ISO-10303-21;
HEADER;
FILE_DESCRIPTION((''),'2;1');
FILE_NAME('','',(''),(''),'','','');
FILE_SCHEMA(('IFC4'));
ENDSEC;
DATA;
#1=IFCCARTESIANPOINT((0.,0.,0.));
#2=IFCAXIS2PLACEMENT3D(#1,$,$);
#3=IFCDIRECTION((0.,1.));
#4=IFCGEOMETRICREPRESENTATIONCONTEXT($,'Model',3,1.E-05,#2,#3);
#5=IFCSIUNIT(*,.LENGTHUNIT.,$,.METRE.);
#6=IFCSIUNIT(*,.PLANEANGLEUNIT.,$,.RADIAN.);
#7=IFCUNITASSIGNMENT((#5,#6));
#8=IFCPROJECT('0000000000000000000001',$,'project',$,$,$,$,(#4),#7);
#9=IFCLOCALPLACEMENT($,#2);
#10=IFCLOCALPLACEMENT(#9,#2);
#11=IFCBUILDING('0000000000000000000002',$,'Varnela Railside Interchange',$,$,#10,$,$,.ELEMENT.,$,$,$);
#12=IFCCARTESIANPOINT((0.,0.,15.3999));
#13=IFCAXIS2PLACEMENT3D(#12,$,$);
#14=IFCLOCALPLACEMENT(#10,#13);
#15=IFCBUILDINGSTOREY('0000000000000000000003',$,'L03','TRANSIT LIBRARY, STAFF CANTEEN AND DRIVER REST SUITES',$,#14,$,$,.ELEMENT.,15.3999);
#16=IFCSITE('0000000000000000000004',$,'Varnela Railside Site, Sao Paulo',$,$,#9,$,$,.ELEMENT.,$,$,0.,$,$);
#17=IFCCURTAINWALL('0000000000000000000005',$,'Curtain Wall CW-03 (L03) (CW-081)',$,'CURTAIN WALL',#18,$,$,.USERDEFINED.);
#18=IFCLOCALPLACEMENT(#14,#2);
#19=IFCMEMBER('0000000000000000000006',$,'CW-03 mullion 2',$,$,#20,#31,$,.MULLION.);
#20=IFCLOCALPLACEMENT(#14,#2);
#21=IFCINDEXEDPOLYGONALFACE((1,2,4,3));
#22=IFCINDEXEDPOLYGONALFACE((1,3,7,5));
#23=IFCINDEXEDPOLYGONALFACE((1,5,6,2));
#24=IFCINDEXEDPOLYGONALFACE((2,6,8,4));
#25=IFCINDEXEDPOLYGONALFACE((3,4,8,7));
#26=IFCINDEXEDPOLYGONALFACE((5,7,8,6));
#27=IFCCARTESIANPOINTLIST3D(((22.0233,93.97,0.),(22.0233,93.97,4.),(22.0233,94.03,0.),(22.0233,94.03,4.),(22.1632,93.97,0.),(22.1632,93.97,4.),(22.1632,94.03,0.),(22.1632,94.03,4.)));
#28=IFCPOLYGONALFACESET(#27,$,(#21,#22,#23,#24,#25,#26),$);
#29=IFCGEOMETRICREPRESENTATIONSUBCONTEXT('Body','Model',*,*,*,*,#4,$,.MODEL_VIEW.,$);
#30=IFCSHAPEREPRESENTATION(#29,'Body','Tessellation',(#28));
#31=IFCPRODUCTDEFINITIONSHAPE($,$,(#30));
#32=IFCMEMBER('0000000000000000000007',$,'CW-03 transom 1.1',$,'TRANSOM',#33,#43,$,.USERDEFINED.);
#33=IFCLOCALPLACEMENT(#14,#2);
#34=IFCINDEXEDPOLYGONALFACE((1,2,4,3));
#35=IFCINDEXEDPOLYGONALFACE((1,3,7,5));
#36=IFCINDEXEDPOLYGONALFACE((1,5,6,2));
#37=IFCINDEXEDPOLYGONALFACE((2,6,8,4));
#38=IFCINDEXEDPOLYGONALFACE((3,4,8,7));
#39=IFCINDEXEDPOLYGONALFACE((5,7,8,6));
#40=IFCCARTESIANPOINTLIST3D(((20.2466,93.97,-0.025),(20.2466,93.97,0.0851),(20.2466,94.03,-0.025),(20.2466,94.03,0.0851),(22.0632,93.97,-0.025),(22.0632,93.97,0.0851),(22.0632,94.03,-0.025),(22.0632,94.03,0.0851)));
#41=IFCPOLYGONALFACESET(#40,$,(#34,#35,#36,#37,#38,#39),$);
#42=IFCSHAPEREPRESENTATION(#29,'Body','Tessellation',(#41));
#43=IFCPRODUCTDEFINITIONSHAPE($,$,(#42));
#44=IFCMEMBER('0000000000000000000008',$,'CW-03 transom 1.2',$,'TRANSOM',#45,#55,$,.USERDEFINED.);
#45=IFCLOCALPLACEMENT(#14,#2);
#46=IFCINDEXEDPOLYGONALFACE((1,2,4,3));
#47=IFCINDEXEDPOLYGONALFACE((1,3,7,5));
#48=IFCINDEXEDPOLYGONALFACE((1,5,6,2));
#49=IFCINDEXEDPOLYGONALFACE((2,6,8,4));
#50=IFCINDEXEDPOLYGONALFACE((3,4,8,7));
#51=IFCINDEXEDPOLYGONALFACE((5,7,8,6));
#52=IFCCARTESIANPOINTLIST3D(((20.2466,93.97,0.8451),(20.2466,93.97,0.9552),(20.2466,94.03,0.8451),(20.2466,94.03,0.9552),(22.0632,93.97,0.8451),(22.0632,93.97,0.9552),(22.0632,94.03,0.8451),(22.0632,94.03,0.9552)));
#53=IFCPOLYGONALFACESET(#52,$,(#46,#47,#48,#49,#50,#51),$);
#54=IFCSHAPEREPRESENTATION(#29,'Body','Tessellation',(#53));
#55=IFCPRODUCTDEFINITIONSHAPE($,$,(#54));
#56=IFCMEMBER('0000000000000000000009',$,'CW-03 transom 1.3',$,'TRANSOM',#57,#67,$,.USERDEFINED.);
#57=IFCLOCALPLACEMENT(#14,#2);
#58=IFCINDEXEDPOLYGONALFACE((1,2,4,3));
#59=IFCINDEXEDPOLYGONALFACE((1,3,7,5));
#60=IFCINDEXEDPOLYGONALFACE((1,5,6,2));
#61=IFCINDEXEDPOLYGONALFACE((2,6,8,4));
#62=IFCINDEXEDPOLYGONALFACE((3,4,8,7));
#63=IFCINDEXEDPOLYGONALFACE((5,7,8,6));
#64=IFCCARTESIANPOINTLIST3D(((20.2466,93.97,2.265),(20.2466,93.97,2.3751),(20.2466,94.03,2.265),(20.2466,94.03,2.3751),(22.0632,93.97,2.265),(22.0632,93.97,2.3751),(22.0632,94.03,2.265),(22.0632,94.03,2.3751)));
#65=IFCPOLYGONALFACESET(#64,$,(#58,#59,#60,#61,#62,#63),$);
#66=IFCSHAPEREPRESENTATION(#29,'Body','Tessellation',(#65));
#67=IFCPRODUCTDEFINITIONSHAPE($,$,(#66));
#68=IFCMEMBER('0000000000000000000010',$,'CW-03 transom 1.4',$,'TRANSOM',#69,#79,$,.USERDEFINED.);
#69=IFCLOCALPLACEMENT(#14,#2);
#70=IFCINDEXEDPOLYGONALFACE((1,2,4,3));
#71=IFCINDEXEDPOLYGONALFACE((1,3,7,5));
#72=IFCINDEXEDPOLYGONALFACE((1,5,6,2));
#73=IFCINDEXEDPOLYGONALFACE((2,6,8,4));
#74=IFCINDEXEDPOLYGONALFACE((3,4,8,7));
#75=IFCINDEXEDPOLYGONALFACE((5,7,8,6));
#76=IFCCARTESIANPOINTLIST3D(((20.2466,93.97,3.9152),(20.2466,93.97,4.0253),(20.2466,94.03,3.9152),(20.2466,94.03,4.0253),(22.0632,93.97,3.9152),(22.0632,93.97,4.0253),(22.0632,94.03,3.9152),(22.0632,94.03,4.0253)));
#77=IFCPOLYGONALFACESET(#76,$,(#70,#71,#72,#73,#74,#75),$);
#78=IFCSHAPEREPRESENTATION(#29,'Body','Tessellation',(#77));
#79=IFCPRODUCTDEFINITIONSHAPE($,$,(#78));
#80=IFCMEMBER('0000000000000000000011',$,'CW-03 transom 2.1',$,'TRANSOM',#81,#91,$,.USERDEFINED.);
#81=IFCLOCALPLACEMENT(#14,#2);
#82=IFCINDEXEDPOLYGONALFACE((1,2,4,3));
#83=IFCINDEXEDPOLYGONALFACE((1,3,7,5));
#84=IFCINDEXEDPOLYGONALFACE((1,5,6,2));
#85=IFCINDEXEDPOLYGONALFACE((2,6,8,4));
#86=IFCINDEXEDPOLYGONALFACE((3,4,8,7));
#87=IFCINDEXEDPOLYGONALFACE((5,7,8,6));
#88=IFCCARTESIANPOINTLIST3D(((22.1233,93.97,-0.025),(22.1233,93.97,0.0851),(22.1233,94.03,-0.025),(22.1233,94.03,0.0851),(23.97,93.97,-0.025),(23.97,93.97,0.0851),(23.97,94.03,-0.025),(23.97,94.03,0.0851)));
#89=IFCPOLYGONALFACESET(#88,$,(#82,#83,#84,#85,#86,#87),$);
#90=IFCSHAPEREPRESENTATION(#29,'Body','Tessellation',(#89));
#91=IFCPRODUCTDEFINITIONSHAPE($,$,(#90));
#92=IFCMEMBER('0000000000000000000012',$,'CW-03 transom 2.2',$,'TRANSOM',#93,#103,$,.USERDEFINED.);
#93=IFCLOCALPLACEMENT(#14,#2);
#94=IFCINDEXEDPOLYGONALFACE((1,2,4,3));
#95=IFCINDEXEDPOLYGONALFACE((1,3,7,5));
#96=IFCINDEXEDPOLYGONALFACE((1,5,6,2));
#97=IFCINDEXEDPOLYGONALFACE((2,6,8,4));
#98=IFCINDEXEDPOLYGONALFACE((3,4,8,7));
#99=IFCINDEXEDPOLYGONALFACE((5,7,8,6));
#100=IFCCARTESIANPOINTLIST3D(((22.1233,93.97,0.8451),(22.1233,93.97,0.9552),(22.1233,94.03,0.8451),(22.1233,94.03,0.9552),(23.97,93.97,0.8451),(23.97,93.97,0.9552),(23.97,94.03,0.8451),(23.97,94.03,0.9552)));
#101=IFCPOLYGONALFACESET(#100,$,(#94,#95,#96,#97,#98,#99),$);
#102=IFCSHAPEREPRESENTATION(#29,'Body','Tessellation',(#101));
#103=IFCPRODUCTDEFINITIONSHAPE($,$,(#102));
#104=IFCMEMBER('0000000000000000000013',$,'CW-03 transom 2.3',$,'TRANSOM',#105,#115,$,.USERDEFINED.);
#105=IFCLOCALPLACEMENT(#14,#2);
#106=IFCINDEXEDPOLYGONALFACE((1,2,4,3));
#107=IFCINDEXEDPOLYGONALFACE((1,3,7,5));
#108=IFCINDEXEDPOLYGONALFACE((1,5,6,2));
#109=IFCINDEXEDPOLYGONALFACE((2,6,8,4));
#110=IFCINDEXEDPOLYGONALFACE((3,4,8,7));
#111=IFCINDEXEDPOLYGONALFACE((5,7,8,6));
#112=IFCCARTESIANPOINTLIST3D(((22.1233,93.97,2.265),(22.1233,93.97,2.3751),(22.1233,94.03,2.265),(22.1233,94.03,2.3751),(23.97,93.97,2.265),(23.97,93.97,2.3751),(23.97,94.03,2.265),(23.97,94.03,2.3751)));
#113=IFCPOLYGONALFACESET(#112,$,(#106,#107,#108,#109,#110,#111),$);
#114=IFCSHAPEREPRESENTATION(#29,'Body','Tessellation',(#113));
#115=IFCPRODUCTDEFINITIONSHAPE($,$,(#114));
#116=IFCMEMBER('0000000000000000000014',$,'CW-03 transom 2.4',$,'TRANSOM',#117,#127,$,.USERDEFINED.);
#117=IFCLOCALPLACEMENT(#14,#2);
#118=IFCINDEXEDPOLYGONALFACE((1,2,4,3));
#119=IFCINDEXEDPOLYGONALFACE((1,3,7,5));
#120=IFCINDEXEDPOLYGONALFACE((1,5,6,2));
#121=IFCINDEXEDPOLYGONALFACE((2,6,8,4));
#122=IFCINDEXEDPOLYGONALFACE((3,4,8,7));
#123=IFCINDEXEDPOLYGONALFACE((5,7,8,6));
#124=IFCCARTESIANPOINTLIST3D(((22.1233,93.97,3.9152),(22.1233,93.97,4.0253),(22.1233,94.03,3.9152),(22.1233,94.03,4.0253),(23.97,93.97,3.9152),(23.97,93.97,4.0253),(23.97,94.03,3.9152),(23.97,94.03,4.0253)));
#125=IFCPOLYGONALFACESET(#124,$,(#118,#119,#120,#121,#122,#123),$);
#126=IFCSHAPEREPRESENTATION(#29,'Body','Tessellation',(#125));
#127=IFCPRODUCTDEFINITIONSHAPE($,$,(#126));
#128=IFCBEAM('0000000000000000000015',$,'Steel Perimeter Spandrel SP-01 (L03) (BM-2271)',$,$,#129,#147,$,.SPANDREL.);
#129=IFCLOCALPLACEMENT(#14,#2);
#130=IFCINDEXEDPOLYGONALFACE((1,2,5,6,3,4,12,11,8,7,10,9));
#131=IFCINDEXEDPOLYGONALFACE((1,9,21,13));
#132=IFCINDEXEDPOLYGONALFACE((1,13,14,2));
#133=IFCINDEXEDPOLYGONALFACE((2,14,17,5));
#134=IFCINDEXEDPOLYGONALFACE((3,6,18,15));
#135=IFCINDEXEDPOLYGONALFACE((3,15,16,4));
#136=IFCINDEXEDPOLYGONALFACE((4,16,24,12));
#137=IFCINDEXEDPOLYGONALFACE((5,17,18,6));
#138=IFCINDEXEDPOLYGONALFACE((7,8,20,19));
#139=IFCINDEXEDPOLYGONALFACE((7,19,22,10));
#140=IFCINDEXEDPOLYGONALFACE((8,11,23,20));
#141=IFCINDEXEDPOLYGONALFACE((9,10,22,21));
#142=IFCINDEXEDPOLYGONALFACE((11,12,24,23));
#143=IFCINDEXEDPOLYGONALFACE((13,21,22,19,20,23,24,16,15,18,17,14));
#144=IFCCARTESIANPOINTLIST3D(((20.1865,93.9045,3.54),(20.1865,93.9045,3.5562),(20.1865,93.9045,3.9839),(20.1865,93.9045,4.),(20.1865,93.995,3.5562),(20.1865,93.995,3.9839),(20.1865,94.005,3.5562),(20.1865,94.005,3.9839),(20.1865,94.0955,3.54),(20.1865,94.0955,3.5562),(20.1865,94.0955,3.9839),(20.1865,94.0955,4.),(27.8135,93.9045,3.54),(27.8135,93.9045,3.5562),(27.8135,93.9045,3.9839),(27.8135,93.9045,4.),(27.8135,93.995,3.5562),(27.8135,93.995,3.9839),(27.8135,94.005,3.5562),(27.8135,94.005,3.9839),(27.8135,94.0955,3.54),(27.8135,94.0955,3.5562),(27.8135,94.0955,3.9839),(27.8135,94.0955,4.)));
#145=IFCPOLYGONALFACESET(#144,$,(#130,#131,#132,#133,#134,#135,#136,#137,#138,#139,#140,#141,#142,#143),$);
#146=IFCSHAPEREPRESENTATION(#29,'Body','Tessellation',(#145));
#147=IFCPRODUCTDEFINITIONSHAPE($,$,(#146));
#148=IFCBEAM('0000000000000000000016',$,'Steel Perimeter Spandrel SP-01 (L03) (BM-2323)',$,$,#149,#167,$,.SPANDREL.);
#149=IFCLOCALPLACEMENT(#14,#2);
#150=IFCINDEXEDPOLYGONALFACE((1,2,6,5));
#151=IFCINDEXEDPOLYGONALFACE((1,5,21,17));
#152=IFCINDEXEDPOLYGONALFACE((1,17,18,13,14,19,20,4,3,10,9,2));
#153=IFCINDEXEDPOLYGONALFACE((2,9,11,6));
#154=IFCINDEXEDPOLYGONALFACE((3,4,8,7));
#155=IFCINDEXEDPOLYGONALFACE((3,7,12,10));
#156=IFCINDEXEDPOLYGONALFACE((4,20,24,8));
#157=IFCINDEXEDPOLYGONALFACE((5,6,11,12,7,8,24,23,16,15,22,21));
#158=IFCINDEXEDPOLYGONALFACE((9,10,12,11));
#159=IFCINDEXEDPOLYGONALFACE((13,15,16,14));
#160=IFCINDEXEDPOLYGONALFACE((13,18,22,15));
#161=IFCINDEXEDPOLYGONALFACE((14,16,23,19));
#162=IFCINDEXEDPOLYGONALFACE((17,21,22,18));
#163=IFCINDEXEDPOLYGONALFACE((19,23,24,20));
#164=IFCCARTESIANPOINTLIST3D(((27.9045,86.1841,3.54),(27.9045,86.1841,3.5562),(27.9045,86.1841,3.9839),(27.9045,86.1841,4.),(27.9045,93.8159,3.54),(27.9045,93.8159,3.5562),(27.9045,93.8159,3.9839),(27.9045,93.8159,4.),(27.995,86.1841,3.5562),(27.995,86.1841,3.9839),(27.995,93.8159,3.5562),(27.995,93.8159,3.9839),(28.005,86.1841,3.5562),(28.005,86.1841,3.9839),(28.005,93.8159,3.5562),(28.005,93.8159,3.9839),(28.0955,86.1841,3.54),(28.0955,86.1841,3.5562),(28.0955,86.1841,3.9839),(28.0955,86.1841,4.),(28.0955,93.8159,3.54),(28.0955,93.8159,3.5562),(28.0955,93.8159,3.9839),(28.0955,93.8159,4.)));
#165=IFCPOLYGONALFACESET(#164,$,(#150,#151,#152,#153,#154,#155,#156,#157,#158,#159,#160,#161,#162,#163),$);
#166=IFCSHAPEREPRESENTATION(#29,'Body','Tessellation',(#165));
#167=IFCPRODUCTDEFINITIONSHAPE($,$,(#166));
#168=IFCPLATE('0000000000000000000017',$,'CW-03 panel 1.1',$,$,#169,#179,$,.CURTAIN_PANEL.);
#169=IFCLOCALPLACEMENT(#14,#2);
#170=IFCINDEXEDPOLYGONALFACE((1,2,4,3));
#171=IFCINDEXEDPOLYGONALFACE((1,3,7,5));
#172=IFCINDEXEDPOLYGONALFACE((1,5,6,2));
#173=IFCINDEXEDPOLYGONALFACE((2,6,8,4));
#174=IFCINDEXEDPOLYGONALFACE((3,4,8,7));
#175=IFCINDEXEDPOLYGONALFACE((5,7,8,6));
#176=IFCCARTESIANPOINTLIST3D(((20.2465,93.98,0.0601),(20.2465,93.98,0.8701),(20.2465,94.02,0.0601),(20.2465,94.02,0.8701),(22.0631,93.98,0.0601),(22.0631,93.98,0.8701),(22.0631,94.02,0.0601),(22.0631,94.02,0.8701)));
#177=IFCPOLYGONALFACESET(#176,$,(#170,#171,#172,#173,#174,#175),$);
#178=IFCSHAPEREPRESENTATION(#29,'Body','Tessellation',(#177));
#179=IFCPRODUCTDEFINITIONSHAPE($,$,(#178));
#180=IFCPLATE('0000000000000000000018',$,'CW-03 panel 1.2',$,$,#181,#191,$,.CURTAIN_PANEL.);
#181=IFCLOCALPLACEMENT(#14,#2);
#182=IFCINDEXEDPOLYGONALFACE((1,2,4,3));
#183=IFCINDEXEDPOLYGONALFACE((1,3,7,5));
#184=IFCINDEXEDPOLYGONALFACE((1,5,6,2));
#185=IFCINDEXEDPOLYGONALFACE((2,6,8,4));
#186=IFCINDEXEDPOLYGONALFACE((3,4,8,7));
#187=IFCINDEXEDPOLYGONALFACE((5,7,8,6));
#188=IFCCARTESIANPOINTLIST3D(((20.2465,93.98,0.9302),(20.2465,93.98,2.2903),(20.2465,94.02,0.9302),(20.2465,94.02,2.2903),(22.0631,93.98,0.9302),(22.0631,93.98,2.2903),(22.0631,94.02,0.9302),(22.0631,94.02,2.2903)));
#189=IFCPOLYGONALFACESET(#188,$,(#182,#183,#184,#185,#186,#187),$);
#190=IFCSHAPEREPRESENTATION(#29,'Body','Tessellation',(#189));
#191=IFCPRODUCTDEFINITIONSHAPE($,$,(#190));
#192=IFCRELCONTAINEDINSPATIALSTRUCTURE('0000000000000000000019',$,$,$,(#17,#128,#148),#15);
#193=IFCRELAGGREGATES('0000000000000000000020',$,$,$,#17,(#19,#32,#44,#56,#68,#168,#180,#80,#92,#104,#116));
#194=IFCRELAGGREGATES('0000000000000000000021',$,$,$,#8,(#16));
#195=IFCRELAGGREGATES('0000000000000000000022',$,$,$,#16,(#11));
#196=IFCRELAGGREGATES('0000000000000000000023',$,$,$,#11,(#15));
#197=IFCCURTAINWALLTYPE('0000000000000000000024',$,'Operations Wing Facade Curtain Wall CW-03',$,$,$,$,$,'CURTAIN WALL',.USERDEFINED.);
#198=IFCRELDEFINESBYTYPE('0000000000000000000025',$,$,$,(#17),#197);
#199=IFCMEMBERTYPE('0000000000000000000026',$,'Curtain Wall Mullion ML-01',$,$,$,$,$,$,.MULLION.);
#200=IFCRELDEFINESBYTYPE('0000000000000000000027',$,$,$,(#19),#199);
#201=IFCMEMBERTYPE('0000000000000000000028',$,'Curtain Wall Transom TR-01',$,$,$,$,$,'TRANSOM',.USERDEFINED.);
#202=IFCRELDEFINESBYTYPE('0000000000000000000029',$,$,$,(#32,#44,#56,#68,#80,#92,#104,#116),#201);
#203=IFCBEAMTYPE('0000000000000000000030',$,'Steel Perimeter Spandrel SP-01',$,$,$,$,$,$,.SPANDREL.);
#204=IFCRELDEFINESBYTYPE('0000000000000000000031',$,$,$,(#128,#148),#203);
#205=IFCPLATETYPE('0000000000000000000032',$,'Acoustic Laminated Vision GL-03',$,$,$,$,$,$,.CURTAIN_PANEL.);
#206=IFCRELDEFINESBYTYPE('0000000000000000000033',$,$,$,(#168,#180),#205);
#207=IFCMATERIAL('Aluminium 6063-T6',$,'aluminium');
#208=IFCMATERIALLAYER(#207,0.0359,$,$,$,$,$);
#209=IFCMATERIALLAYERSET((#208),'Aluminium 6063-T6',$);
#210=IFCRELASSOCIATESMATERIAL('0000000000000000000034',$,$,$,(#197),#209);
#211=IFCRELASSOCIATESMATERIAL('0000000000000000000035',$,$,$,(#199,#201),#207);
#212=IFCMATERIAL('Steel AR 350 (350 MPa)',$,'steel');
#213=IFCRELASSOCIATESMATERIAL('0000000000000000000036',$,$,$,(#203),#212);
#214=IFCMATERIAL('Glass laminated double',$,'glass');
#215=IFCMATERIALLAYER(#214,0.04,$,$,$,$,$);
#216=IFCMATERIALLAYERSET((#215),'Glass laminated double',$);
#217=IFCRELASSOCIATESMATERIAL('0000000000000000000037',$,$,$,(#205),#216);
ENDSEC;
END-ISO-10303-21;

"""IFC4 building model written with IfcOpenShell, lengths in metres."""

from ifc_helpers import new_model, si_unit, direction, frame, origin, origin_2d, place, context, subcontext, project, spatial, rectangle, i_section, extrude, material, layer, layer_set, material_profile, profile_set, type_object, element, aggregate, save


model = new_model("IFC4")

# Units and contexts
model_context = context("Model", 3, precision=1e-05, world=origin(), true_north=direction((0.0, 1.0)))
body_context = subcontext(model_context, "Body", "Model", "MODEL_VIEW")
ifc_project = project(units=[si_unit("LENGTHUNIT", "METRE"), si_unit("PLANEANGLEUNIT", "RADIAN")], contexts=[model_context])

# Site, building, storey
site_placement = place(None, origin())
site = spatial("IfcSite", under=ifc_project, at=site_placement, Name="Varnela Railside Site, Sao Paulo", CompositionType="ELEMENT", RefElevation=0.0)
building_placement = place(site_placement, origin())
building = spatial("IfcBuilding", under=site, at=building_placement, Name="Varnela Railside Interchange", CompositionType="ELEMENT")
storey_placement = place(building_placement, frame((0.0, 0.0, 15.3999)))
storey = spatial("IfcBuildingStorey", under=building, at=storey_placement, Name="L03", Description="TRANSIT LIBRARY, STAFF CANTEEN AND DRIVER REST SUITES", CompositionType="ELEMENT", Elevation=15.3999)

# Shared definitions
ifc_material_1 = material(Name="Steel AR 350 (350 MPa)", Category="steel")

# Curtain wall, members
ifc_material_2 = material(Name="Aluminium 6063-T6", Category="aluminium")
ifc_layer_1 = layer(ifc_material_2, 0.0359)
ifc_layer_set_1 = layer_set([ifc_layer_1], Name="Aluminium 6063-T6")
curtain_wall_type = type_object("IfcCurtainWallType", Name="Operations Wing Facade Curtain Wall CW-03", ElementType="CURTAIN WALL", PredefinedType="USERDEFINED", material=ifc_layer_set_1)
curtain_wall_placement = place(storey_placement, origin())
curtain_wall = element("IfcCurtainWall", 1, at=curtain_wall_placement, inside=storey, type_object=curtain_wall_type, Name="Curtain Wall CW-03 (L03) (CW-081)", ObjectType="CURTAIN WALL", PredefinedType="USERDEFINED")
ifc_material_profile_1 = material_profile(ifc_material_2, rectangle(XDim=0.0601, YDim=0.1399, at=origin_2d()), Name="ALU 60x140")
ifc_profile_set_1 = profile_set([ifc_material_profile_1], Name="Aluminium 6063-T6")
member_type_1 = type_object("IfcMemberType", Name="Curtain Wall Mullion ML-01", PredefinedType="MULLION", material=ifc_profile_set_1)
member_1_placement = place(storey_placement, frame((22.0933, 94.0, 0.0), z_axis=(0.0, 0.0, 1.0), x_axis=(0.0, 1.0, 0.0)))
member_1 = element("IfcMember", 2, at=member_1_placement, type_object=member_type_1, Name="CW-03 mullion 2", PredefinedType="MULLION", context=body_context, shape_type="SweptSolid", body=[
    extrude(rectangle(XDim=0.0601, YDim=0.1399, at=origin_2d()), origin(), (0.0, 0.0, 1.0), 4.0),
])
ifc_material_profile_2 = material_profile(ifc_material_2, rectangle(XDim=0.0601, YDim=0.1101, at=origin_2d()), Name="ALU 60x110")
ifc_profile_set_2 = profile_set([ifc_material_profile_2], Name="Aluminium 6063-T6")
member_type_2 = type_object("IfcMemberType", Name="Curtain Wall Transom TR-01", ElementType="TRANSOM", PredefinedType="USERDEFINED", material=ifc_profile_set_2)
member_2_placement = place(storey_placement, frame((20.2466, 94.0, 0.03), z_axis=(1.0, 0.0, 0.0), x_axis=(0.0, 1.0, 0.0)))
member_2 = element("IfcMember", 3, at=member_2_placement, type_object=member_type_2, Name="CW-03 transom 1.1", ObjectType="TRANSOM", PredefinedType="USERDEFINED", context=body_context, shape_type="SweptSolid", body=[
    extrude(rectangle(XDim=0.0601, YDim=0.1101, at=origin_2d()), origin(), (0.0, 0.0, 1.0), 1.8167),
])
member_3_placement = place(storey_placement, frame((20.2466, 94.0, 0.9001), z_axis=(1.0, 0.0, 0.0), x_axis=(0.0, 1.0, 0.0)))
member_3 = element("IfcMember", 4, at=member_3_placement, type_object=member_type_2, Name="CW-03 transom 1.2", ObjectType="TRANSOM", PredefinedType="USERDEFINED", context=body_context, shape_type="SweptSolid", body=[
    extrude(rectangle(XDim=0.0601, YDim=0.1101, at=origin_2d()), origin(), (0.0, 0.0, 1.0), 1.8167),
])
member_4_placement = place(storey_placement, frame((20.2466, 94.0, 2.3201), z_axis=(1.0, 0.0, 0.0), x_axis=(0.0, 1.0, 0.0)))
member_4 = element("IfcMember", 5, at=member_4_placement, type_object=member_type_2, Name="CW-03 transom 1.3", ObjectType="TRANSOM", PredefinedType="USERDEFINED", context=body_context, shape_type="SweptSolid", body=[
    extrude(rectangle(XDim=0.0601, YDim=0.1101, at=origin_2d()), origin(), (0.0, 0.0, 1.0), 1.8167),
])
member_5_placement = place(storey_placement, frame((20.2466, 94.0, 3.9702), z_axis=(1.0, 0.0, 0.0), x_axis=(0.0, 1.0, 0.0)))
member_5 = element("IfcMember", 6, at=member_5_placement, type_object=member_type_2, Name="CW-03 transom 1.4", ObjectType="TRANSOM", PredefinedType="USERDEFINED", context=body_context, shape_type="SweptSolid", body=[
    extrude(rectangle(XDim=0.0601, YDim=0.1101, at=origin_2d()), origin(), (0.0, 0.0, 1.0), 1.8167),
])
member_6_placement = place(storey_placement, frame((22.1233, 94.0, 0.03), z_axis=(1.0, 0.0, 0.0), x_axis=(0.0, 1.0, 0.0)))
member_6 = element("IfcMember", 7, at=member_6_placement, type_object=member_type_2, Name="CW-03 transom 2.1", ObjectType="TRANSOM", PredefinedType="USERDEFINED", context=body_context, shape_type="SweptSolid", body=[
    extrude(rectangle(XDim=0.0601, YDim=0.1101, at=origin_2d()), origin(), (0.0, 0.0, 1.0), 1.8467),
])
member_7_placement = place(storey_placement, frame((22.1233, 94.0, 0.9001), z_axis=(1.0, 0.0, 0.0), x_axis=(0.0, 1.0, 0.0)))
member_7 = element("IfcMember", 8, at=member_7_placement, type_object=member_type_2, Name="CW-03 transom 2.2", ObjectType="TRANSOM", PredefinedType="USERDEFINED", context=body_context, shape_type="SweptSolid", body=[
    extrude(rectangle(XDim=0.0601, YDim=0.1101, at=origin_2d()), origin(), (0.0, 0.0, 1.0), 1.8467),
])
member_8_placement = place(storey_placement, frame((22.1233, 94.0, 2.3201), z_axis=(1.0, 0.0, 0.0), x_axis=(0.0, 1.0, 0.0)))
member_8 = element("IfcMember", 9, at=member_8_placement, type_object=member_type_2, Name="CW-03 transom 2.3", ObjectType="TRANSOM", PredefinedType="USERDEFINED", context=body_context, shape_type="SweptSolid", body=[
    extrude(rectangle(XDim=0.0601, YDim=0.1101, at=origin_2d()), origin(), (0.0, 0.0, 1.0), 1.8467),
])
member_9_placement = place(storey_placement, frame((22.1233, 94.0, 3.9702), z_axis=(1.0, 0.0, 0.0), x_axis=(0.0, 1.0, 0.0)))
member_9 = element("IfcMember", 10, at=member_9_placement, type_object=member_type_2, Name="CW-03 transom 2.4", ObjectType="TRANSOM", PredefinedType="USERDEFINED", context=body_context, shape_type="SweptSolid", body=[
    extrude(rectangle(XDim=0.0601, YDim=0.1101, at=origin_2d()), origin(), (0.0, 0.0, 1.0), 1.8467),
])

# Beams
ifc_material_profile_3 = material_profile(ifc_material_1, i_section(OverallWidth=0.1909, OverallDepth=0.46, WebThickness=0.01, FlangeThickness=0.0161, at=origin_2d()), Name="W460x82")
ifc_profile_set_3 = profile_set([ifc_material_profile_3], Name="Steel AR 350 (350 MPa)")
beam_type_1 = type_object("IfcBeamType", Name="Steel Perimeter Spandrel SP-01", PredefinedType="SPANDREL", material=ifc_profile_set_3)
beam_1_placement = place(storey_placement, frame((20.1865, 94.0, 3.77), z_axis=(1.0, 0.0, 0.0), x_axis=(0.0, 1.0, 0.0)))
element("IfcBeam", 11, at=beam_1_placement, inside=storey, type_object=beam_type_1, Name="Steel Perimeter Spandrel SP-01 (L03) (BM-2271)", PredefinedType="SPANDREL", context=body_context, shape_type="SweptSolid", body=[
    extrude(i_section(OverallWidth=0.1909, OverallDepth=0.46, WebThickness=0.01, FlangeThickness=0.0161, at=origin_2d()), origin(), (0.0, 0.0, 1.0), 7.627),
])
beam_2_placement = place(storey_placement, frame((28.0, 86.1841, 3.77), z_axis=(0.0, 1.0, 0.0), x_axis=(-1.0, 0.0, 0.0)))
element("IfcBeam", 12, at=beam_2_placement, inside=storey, type_object=beam_type_1, Name="Steel Perimeter Spandrel SP-01 (L03) (BM-2323)", PredefinedType="SPANDREL", context=body_context, shape_type="SweptSolid", body=[
    extrude(i_section(OverallWidth=0.1909, OverallDepth=0.46, WebThickness=0.01, FlangeThickness=0.0161, at=origin_2d()), origin(), (0.0, 0.0, 1.0), 7.6318),
])

# Plates
ifc_material_3 = material(Name="Glass laminated double", Category="glass")
ifc_layer_2 = layer(ifc_material_3, 0.04)
ifc_layer_set_2 = layer_set([ifc_layer_2], Name="Glass laminated double")
plate_type = type_object("IfcPlateType", Name="Acoustic Laminated Vision GL-03", PredefinedType="CURTAIN_PANEL", material=ifc_layer_set_2)
plate_1_placement = place(storey_placement, frame((21.1548, 94.0, 0.0601), z_axis=(0.0, 0.0, 1.0), x_axis=(1.0, 0.0, 0.0)))
plate_1 = element("IfcPlate", 13, at=plate_1_placement, type_object=plate_type, Name="CW-03 panel 1.1", PredefinedType="CURTAIN_PANEL", context=body_context, shape_type="SweptSolid", body=[
    extrude(rectangle(XDim=1.8167, YDim=0.04, at=origin_2d()), origin(), (0.0, 0.0, 1.0), 0.8101),
])
plate_2_placement = place(storey_placement, frame((21.1548, 94.0, 0.9302), z_axis=(0.0, 0.0, 1.0), x_axis=(1.0, 0.0, 0.0)))
plate_2 = element("IfcPlate", 14, at=plate_2_placement, type_object=plate_type, Name="CW-03 panel 1.2", PredefinedType="CURTAIN_PANEL", context=body_context, shape_type="SweptSolid", body=[
    extrude(rectangle(XDim=1.8167, YDim=0.04, at=origin_2d()), origin(), (0.0, 0.0, 1.0), 1.3601),
])
aggregate(curtain_wall, [member_1, member_2, member_3, member_4, member_5, plate_1, plate_2, member_6, member_7, member_8, member_9])

save(model, "model.ifc")
